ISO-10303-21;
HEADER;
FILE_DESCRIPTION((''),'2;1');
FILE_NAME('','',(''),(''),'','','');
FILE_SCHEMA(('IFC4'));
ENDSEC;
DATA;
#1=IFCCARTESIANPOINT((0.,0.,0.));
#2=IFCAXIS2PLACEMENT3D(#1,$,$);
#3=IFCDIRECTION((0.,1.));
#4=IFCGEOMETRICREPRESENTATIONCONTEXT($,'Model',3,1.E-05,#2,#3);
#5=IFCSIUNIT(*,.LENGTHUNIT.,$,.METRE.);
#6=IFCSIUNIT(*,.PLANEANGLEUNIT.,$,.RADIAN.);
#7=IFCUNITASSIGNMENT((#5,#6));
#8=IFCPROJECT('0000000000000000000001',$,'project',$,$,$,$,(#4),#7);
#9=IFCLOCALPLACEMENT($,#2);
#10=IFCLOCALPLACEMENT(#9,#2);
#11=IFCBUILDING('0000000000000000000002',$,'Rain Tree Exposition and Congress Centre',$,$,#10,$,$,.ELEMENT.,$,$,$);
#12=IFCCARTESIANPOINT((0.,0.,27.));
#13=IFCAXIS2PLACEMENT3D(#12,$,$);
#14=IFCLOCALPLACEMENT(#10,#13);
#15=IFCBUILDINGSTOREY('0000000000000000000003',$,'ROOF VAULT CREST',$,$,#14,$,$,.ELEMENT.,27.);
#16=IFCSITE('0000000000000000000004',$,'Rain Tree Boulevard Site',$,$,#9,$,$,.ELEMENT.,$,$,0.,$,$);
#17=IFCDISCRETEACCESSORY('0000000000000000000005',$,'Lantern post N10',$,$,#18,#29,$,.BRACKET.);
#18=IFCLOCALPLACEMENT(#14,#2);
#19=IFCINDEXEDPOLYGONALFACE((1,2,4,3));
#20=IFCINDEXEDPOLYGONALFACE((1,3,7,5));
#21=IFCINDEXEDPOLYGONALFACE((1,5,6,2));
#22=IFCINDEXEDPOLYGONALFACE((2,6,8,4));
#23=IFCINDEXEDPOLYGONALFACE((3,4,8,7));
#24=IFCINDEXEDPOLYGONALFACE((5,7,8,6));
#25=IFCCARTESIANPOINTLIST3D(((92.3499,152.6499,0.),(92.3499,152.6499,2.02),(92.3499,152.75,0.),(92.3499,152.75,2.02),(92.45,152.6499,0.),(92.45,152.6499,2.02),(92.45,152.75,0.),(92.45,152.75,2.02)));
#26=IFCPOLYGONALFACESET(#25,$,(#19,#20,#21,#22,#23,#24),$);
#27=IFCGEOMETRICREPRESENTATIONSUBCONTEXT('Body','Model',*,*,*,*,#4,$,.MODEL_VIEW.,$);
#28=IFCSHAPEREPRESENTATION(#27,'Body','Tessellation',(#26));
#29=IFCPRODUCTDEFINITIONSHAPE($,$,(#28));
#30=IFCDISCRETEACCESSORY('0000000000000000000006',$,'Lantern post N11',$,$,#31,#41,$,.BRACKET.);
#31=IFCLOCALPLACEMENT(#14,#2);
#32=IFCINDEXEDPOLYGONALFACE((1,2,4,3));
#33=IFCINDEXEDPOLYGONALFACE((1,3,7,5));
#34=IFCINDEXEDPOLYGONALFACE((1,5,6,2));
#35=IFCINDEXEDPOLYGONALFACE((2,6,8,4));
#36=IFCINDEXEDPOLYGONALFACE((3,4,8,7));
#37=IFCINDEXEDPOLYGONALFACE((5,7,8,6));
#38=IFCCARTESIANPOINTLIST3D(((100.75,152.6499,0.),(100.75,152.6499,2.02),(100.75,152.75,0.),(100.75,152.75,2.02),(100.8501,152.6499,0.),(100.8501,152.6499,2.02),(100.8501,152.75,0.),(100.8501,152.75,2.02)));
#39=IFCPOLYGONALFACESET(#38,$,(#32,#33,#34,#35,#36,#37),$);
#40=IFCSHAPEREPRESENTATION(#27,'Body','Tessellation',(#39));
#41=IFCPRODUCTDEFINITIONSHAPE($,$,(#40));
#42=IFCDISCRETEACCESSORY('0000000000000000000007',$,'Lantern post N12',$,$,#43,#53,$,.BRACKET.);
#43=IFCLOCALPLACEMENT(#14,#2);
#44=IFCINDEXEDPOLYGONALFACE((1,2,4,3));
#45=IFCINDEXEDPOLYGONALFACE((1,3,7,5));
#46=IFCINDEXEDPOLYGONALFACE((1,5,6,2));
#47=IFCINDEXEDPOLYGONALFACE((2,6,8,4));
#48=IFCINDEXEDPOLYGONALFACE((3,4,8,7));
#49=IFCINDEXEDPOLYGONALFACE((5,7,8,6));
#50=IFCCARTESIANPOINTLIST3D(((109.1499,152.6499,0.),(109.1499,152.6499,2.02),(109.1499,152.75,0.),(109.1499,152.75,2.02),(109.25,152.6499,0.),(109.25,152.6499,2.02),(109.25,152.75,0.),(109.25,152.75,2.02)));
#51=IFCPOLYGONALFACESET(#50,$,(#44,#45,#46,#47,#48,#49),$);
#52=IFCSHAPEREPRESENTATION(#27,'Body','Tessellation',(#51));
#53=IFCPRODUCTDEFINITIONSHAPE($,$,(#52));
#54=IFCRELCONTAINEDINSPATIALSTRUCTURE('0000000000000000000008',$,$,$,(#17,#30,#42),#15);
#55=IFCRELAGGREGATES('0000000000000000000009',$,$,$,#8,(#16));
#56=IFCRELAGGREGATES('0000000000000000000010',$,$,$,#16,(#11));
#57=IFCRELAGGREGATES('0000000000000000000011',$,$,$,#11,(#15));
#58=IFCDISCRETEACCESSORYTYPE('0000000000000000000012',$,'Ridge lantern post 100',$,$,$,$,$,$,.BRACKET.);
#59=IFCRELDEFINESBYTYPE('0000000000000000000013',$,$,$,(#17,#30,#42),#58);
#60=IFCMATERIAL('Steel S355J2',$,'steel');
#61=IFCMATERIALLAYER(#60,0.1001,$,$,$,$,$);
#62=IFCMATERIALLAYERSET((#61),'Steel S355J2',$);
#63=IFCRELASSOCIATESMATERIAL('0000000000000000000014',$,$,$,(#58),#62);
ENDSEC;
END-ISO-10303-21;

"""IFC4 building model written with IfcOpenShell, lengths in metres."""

from ifc_helpers import new_model, si_unit, direction, frame, origin, origin_2d, place, context, subcontext, project, spatial, rectangle, extrude, material, layer, layer_set, type_object, element, save


model = new_model("IFC4")

# Units and contexts
model_context = context("Model", 3, precision=1e-05, world=origin(), true_north=direction((0.0, 1.0)))
body_context = subcontext(model_context, "Body", "Model", "MODEL_VIEW")
ifc_project = project(units=[si_unit("LENGTHUNIT", "METRE"), si_unit("PLANEANGLEUNIT", "RADIAN")], contexts=[model_context])

# Site, building, storey
site_placement = place(None, origin())
site = spatial("IfcSite", under=ifc_project, at=site_placement, Name="Rain Tree Boulevard Site", CompositionType="ELEMENT", RefElevation=0.0)
building_placement = place(site_placement, origin())
building = spatial("IfcBuilding", under=site, at=building_placement, Name="Rain Tree Exposition and Congress Centre", CompositionType="ELEMENT")
storey_placement = place(building_placement, frame((0.0, 0.0, 27.0)))
storey = spatial("IfcBuildingStorey", under=building, at=storey_placement, Name="ROOF VAULT CREST", CompositionType="ELEMENT", Elevation=27.0)

# Discrete accessories
ifc_material_1 = material(Name="Steel S355J2", Category="steel")
ifc_layer_1 = layer(ifc_material_1, 0.1001)
ifc_layer_set_1 = layer_set([ifc_layer_1], Name="Steel S355J2")
discrete_accessory_type = type_object("IfcDiscreteAccessoryType", Name="Ridge lantern post 100", PredefinedType="BRACKET", material=ifc_layer_set_1)
for number, where, z_axis, x_axis, name in (
    (1, (92.3999, 152.7, 0.0), (0.0, 0.0, 1.0), (1.0, 0.0, 0.0), "Lantern post N10"),
    (2, (100.8, 152.7, 0.0), (0.0, 0.0, 1.0), (1.0, 0.0, 0.0), "Lantern post N11"),
    (3, (109.2, 152.7, 0.0), (0.0, 0.0, 1.0), (1.0, 0.0, 0.0), "Lantern post N12"),
):
    element("IfcDiscreteAccessory", number, at=place(storey_placement, frame(where, z_axis=z_axis, x_axis=x_axis)), inside=storey, type_object=discrete_accessory_type, Name=name, PredefinedType="BRACKET", context=body_context, shape_type="SweptSolid", body=[
        extrude(rectangle(XDim=0.1001, YDim=0.1001, at=origin_2d()), origin(), (0.0, 0.0, 1.0), 2.02),
    ])

save(model, "model.ifc")
